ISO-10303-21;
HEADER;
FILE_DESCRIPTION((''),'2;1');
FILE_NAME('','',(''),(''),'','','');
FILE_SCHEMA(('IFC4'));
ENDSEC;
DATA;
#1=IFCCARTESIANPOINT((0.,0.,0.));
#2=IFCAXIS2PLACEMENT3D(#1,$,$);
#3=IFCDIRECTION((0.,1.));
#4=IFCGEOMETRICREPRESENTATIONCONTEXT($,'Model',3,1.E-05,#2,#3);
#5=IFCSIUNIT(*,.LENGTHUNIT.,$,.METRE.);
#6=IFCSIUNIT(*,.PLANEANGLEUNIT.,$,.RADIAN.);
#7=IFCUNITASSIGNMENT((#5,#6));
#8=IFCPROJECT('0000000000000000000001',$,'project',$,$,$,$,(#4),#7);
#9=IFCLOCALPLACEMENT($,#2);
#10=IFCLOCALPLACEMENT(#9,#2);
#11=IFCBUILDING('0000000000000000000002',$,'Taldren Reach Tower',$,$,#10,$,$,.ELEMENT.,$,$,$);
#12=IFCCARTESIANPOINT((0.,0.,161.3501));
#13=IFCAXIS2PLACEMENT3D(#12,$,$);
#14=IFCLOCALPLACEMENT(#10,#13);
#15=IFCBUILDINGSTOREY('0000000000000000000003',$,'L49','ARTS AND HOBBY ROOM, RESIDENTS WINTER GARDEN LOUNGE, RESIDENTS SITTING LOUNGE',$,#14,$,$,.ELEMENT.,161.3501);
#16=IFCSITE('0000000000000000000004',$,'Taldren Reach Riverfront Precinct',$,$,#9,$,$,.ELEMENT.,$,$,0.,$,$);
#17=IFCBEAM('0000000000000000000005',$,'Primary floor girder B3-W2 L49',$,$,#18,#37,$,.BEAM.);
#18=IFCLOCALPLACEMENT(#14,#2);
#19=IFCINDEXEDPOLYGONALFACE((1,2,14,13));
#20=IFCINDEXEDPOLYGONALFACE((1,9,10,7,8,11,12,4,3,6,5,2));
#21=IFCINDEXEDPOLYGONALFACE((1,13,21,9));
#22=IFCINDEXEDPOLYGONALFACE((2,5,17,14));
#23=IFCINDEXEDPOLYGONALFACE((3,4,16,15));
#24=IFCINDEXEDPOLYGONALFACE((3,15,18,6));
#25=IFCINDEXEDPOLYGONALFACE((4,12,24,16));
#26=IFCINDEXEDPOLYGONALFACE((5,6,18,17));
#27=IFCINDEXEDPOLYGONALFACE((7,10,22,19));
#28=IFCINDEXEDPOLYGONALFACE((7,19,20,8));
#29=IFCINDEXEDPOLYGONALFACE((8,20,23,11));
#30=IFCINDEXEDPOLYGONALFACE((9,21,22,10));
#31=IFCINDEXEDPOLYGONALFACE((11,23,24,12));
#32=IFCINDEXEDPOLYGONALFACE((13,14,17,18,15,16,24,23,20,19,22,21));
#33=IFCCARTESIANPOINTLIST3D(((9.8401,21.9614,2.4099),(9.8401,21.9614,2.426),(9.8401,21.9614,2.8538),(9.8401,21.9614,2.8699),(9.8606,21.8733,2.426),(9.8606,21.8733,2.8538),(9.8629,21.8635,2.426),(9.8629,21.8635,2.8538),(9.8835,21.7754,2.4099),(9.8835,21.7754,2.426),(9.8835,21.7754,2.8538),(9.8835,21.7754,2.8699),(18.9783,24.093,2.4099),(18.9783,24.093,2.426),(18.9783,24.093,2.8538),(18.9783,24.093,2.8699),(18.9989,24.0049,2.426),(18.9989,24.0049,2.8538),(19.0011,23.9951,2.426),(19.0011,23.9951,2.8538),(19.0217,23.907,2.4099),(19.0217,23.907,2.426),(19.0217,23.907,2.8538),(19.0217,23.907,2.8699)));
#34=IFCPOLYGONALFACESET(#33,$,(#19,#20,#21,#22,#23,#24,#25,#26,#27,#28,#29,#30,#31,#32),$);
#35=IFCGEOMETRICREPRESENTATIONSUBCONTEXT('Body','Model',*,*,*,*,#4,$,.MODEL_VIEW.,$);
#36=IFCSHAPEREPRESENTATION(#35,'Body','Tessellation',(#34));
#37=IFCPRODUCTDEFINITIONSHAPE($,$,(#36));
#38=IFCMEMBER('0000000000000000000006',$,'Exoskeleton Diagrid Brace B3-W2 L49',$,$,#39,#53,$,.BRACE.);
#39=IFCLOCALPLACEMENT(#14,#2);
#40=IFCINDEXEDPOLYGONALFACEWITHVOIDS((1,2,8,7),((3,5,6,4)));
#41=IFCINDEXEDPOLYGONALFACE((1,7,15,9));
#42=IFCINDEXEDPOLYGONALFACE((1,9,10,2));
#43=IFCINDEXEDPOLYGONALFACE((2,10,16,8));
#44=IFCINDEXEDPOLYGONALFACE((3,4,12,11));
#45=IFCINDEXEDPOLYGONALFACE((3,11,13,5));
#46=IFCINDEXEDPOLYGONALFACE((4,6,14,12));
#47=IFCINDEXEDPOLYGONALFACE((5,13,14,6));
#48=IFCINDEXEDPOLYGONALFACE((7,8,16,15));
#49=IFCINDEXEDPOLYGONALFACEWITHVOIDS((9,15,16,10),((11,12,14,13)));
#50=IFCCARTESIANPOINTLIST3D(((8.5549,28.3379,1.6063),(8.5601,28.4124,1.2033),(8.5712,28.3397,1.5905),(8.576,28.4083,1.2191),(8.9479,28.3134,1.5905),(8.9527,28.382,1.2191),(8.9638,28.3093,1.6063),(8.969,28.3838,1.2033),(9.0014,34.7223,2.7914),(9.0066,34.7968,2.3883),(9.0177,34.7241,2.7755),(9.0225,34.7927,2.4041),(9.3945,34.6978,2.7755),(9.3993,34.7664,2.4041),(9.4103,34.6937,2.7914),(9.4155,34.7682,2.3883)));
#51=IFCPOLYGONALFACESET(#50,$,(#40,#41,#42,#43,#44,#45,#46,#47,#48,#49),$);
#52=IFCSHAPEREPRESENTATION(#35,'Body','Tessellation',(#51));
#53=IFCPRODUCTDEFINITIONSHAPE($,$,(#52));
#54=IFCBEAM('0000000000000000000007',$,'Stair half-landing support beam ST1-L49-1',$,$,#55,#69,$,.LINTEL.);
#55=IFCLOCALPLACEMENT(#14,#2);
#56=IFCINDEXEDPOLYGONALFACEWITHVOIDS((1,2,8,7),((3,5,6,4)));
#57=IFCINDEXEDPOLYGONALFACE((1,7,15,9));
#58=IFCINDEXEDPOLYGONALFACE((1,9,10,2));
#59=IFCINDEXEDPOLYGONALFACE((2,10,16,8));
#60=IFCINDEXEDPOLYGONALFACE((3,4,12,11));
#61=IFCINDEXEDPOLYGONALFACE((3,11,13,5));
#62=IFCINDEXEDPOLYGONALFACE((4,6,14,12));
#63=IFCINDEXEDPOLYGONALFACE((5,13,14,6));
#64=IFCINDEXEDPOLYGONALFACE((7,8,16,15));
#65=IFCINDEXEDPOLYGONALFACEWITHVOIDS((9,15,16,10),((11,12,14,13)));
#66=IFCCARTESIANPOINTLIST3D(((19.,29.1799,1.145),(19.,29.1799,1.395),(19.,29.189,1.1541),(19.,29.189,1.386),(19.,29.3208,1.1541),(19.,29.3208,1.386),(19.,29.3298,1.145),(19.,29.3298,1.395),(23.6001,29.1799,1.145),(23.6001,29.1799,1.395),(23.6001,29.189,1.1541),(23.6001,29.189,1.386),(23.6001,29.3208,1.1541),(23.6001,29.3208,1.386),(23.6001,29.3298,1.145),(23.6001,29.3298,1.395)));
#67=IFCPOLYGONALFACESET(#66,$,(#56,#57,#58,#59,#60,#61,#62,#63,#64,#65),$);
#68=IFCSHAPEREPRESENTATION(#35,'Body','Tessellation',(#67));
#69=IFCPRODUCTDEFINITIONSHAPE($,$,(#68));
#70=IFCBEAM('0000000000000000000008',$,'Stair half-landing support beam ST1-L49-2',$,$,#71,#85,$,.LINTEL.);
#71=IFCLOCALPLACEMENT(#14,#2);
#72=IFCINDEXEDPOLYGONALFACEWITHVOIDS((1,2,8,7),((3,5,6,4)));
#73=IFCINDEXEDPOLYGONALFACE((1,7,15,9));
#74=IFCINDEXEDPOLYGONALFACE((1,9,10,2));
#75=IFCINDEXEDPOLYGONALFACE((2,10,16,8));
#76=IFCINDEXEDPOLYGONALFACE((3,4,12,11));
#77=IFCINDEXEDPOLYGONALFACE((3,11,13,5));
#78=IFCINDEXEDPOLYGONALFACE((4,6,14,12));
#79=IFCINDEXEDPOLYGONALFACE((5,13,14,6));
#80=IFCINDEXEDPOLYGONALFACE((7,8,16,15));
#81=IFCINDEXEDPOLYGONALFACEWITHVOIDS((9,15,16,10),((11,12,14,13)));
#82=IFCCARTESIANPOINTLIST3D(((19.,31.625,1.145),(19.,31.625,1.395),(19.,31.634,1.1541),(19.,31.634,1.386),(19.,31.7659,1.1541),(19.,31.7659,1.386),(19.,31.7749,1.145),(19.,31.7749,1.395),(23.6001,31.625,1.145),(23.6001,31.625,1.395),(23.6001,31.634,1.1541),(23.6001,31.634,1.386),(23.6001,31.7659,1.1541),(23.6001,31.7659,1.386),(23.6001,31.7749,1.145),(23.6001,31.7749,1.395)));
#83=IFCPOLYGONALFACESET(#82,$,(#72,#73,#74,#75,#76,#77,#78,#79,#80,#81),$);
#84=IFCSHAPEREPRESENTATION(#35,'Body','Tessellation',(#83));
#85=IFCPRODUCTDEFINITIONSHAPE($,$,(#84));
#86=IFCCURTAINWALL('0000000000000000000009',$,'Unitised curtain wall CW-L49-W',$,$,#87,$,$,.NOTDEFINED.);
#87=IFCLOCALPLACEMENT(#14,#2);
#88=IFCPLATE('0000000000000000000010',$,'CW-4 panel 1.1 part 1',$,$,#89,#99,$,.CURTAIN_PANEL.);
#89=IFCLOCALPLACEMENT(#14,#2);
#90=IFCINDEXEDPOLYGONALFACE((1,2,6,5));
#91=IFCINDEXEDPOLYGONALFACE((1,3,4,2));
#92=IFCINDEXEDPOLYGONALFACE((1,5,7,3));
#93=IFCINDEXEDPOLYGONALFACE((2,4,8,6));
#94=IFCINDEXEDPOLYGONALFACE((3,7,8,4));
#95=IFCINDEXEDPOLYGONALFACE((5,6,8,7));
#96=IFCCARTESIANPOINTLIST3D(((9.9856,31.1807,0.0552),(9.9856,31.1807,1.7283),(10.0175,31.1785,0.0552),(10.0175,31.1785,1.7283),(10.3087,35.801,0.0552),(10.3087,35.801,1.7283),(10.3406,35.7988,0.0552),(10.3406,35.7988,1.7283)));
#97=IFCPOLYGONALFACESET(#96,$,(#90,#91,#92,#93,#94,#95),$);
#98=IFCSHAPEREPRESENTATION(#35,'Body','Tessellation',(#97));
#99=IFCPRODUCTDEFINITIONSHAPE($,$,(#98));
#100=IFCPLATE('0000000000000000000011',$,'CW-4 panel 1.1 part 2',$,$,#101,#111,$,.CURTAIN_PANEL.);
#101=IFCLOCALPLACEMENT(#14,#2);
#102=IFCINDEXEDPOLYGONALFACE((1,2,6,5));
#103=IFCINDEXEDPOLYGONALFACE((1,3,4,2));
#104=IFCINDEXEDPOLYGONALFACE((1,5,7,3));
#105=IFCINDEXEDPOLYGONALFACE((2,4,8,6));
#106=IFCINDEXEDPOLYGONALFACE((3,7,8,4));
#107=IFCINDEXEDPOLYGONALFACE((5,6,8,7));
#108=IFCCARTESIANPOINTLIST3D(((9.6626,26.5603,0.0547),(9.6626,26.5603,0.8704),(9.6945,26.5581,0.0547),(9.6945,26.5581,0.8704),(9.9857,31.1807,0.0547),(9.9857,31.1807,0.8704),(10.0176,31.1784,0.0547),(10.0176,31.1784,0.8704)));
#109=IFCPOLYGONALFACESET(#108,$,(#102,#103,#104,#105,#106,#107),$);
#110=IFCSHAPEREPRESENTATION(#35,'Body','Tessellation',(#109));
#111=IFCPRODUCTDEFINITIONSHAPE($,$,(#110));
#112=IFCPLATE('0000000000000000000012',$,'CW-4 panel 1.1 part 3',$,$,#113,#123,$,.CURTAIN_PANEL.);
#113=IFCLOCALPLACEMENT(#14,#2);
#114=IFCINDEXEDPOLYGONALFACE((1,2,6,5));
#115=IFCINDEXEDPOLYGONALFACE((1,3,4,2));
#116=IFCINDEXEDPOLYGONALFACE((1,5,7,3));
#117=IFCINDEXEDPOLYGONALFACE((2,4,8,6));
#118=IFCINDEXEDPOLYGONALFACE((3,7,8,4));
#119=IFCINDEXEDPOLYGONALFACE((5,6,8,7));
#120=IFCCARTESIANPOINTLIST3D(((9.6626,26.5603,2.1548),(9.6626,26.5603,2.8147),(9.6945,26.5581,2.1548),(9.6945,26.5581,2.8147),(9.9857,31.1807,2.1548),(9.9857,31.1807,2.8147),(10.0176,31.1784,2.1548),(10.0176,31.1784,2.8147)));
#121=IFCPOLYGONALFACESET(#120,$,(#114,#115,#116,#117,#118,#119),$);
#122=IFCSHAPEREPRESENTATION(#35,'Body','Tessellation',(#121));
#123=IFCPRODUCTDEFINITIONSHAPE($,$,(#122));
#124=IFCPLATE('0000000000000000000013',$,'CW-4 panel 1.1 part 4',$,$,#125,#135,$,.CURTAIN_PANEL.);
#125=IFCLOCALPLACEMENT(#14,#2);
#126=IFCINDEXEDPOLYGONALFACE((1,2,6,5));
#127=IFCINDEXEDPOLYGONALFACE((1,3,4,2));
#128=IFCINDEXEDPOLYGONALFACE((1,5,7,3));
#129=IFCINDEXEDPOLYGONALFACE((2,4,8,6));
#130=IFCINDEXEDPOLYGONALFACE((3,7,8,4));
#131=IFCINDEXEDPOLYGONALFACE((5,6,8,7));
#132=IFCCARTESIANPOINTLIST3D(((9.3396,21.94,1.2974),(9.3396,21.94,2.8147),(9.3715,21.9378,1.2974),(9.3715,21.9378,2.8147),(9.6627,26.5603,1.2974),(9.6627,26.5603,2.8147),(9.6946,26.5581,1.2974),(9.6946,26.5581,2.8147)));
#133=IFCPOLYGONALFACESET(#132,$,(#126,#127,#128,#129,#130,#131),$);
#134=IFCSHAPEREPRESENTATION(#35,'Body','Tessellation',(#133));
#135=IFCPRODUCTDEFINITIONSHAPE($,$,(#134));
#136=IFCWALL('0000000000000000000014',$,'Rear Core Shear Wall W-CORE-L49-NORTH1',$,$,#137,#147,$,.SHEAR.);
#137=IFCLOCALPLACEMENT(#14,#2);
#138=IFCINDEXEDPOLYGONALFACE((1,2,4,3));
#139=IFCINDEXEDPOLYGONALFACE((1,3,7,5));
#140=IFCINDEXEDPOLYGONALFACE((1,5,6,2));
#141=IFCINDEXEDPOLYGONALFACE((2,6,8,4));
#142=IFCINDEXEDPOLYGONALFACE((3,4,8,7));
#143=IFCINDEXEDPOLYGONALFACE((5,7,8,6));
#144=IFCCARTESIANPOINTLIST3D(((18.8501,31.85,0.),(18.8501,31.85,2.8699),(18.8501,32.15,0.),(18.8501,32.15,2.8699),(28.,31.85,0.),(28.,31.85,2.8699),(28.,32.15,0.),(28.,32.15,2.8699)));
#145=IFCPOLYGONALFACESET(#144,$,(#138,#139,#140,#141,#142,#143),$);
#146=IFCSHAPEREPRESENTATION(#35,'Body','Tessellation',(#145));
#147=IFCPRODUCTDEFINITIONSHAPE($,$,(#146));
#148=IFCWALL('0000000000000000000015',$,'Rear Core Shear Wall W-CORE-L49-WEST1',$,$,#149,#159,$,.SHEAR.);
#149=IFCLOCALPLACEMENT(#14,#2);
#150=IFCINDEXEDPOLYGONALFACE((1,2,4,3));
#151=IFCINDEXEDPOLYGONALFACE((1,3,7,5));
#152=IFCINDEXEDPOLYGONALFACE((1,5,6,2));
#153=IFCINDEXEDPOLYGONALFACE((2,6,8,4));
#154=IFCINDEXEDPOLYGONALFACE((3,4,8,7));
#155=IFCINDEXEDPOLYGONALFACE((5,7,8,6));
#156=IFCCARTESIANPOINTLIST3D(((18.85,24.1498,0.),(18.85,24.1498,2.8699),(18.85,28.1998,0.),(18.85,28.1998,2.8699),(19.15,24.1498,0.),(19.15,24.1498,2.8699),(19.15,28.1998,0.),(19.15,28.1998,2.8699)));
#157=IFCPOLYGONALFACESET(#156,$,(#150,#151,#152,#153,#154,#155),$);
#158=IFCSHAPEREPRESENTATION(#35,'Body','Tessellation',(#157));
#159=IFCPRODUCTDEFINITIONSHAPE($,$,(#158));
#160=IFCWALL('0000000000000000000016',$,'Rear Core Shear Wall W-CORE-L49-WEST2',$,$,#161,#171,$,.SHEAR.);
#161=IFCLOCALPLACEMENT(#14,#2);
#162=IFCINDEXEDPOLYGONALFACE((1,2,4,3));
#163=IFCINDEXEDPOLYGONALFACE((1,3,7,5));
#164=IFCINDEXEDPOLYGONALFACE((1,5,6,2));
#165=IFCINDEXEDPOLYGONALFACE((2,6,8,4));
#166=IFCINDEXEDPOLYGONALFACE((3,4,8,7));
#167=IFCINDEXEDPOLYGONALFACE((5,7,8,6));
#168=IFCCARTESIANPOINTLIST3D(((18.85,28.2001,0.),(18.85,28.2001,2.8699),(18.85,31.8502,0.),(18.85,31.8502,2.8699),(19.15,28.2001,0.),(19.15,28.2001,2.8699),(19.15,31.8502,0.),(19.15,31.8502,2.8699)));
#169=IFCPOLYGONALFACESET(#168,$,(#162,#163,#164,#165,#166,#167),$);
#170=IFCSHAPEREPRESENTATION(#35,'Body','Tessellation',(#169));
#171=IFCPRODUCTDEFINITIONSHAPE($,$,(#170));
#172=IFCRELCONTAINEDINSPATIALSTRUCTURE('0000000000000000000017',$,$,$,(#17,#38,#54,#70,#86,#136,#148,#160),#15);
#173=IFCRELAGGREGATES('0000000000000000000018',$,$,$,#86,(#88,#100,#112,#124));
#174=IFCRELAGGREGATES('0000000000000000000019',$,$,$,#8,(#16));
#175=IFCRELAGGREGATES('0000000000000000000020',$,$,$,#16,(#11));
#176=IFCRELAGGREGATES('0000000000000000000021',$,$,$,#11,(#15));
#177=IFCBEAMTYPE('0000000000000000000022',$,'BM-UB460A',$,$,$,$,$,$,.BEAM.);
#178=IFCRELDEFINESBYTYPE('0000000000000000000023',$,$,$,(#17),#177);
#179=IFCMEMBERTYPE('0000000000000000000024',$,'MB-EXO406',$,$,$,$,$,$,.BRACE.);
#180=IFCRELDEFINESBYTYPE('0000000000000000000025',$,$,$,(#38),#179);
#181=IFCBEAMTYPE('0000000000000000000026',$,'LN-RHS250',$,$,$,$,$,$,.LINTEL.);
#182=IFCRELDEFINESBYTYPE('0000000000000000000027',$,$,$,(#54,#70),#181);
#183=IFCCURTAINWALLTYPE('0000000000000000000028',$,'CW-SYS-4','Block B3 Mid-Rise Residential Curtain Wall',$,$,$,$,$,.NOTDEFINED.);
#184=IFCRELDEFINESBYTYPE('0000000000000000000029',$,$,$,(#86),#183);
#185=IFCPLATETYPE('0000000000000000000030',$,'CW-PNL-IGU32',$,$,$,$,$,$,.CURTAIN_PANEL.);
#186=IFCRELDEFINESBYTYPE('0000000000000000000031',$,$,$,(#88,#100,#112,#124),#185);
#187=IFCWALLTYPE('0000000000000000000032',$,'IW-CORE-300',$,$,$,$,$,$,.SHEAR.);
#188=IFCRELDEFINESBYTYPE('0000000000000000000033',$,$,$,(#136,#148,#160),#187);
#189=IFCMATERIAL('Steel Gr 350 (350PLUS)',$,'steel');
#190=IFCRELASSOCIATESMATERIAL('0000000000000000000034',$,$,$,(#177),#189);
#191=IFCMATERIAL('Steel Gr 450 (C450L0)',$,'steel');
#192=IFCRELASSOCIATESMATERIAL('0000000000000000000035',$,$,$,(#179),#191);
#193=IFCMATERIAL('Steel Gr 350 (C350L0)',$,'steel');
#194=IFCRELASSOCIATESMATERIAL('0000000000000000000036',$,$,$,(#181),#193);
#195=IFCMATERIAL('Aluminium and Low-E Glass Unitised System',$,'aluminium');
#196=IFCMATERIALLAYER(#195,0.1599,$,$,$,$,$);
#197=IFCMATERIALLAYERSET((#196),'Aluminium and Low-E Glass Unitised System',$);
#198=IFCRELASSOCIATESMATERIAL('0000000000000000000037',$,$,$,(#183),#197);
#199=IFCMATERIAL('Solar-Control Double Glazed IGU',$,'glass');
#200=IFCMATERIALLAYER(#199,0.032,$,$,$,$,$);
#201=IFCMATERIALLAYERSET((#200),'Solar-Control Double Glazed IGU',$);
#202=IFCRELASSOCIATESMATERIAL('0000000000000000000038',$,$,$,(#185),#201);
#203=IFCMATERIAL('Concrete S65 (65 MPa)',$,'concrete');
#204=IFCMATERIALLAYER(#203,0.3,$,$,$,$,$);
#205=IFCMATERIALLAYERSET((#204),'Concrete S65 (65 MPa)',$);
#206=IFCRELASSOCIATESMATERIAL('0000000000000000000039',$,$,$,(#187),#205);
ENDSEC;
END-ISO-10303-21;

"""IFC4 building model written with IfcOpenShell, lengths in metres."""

from ifc_helpers import new_model, si_unit, direction, frame, frame_2d, origin, origin_2d, place, context, subcontext, project, spatial, rectangle, hollow_rectangle, i_section, extrude, source, transform, mapped, material, layer, layer_set, material_profile, profile_set, type_object, element, aggregate, save


model = new_model("IFC4")

# Units and contexts
model_context = context("Model", 3, precision=1e-05, world=origin(), true_north=direction((0.0, 1.0)))
body_context = subcontext(model_context, "Body", "Model", "MODEL_VIEW")
ifc_project = project(units=[si_unit("LENGTHUNIT", "METRE"), si_unit("PLANEANGLEUNIT", "RADIAN")], contexts=[model_context])

# Site, building, storey
site_placement = place(None, origin())
site = spatial("IfcSite", under=ifc_project, at=site_placement, Name="Taldren Reach Riverfront Precinct", CompositionType="ELEMENT", RefElevation=0.0)
building_placement = place(site_placement, origin())
building = spatial("IfcBuilding", under=site, at=building_placement, Name="Taldren Reach Tower", CompositionType="ELEMENT")
storey_placement = place(building_placement, frame((0.0, 0.0, 161.3501)))
storey = spatial("IfcBuildingStorey", under=building, at=storey_placement, Name="L49", Description="ARTS AND HOBBY ROOM, RESIDENTS WINTER GARDEN LOUNGE, RESIDENTS SITTING LOUNGE", CompositionType="ELEMENT", Elevation=161.3501)

# Shared definitions
ifc_material_1 = material(Name="Steel Gr 450 (C450L0)", Category="steel")

# Beam
ifc_material_2 = material(Name="Steel Gr 350 (350PLUS)", Category="steel")
ifc_material_profile_1 = material_profile(ifc_material_2, i_section(OverallWidth=0.1909, OverallDepth=0.46, WebThickness=0.01, FlangeThickness=0.0161, at=origin_2d()), Name="460UB82.1")
ifc_profile_set_1 = profile_set([ifc_material_profile_1], Name="Steel Gr 350 (350PLUS)")
beam_type_1 = type_object("IfcBeamType", Name="BM-UB460A", PredefinedType="BEAM", material=ifc_profile_set_1)
shared_shape_1 = source(origin(), body_context, "Body", "SweptSolid", [
    extrude(i_section(OverallWidth=0.1909, OverallDepth=0.46, WebThickness=0.01, FlangeThickness=0.0161, at=origin_2d()), origin(), (0.0, 0.0, 1.0), 9.3835),
])
beam_1_placement = place(storey_placement, frame((19.0, 24.0, 2.6399), z_axis=(-0.973857, -0.227164, 0.0), x_axis=(0.227164, -0.973857, 0.0)))
element("IfcBeam", 1, at=beam_1_placement, inside=storey, type_object=beam_type_1, Name="Primary floor girder B3-W2 L49", PredefinedType="BEAM", context=body_context, shape_type="MappedRepresentation", body=[
    mapped(shared_shape_1, transform((0.0, 0.0, 0.0), scale=1.0)),
])

# Member
ifc_material_profile_2 = material_profile(ifc_material_1, hollow_rectangle(XDim=0.4099, YDim=0.4099, WallThickness=0.0161, at=origin_2d()), Name="410x410x16.0SHS")
ifc_profile_set_2 = profile_set([ifc_material_profile_2], Name="Steel Gr 450 (C450L0)")
member_type = type_object("IfcMemberType", Name="MB-EXO406", PredefinedType="BRACE", material=ifc_profile_set_2)
shared_shape_2 = source(origin(), body_context, "Body", "SweptSolid", [
    extrude(hollow_rectangle(XDim=0.4099, YDim=0.4099, WallThickness=0.0161, at=origin_2d()), origin(), (0.0, 0.0, 1.0), 6.5088),
])
member_placement = place(storey_placement, frame((8.762, 28.3608, 1.4048), z_axis=(0.068603, 0.98089, 0.182067), x_axis=(-0.997563, 0.06977, 0.0)))
element("IfcMember", 2, at=member_placement, inside=storey, type_object=member_type, Name="Exoskeleton Diagrid Brace B3-W2 L49", PredefinedType="BRACE", context=body_context, shape_type="MappedRepresentation", body=[
    mapped(shared_shape_2, transform((0.0, 0.0, 0.0), scale=1.0)),
])

# Beams
ifc_material_3 = material(Name="Steel Gr 350 (C350L0)", Category="steel")
ifc_material_profile_3 = material_profile(ifc_material_3, hollow_rectangle(XDim=0.1499, YDim=0.25, WallThickness=0.009, at=origin_2d()), Name="250x150x9.0RHS")
ifc_profile_set_3 = profile_set([ifc_material_profile_3], Name="Steel Gr 350 (C350L0)")
beam_type_2 = type_object("IfcBeamType", Name="LN-RHS250", PredefinedType="LINTEL", material=ifc_profile_set_3)
shared_shape_3 = source(origin(), body_context, "Body", "SweptSolid", [
    extrude(hollow_rectangle(XDim=0.1499, YDim=0.25, WallThickness=0.009, at=origin_2d()), origin(), (0.0, 0.0, 1.0), 4.6001),
])
for number, where, z_axis, x_axis, name in (
    (3, (19.0, 29.2549, 1.27), (1.0, 0.0, 0.0), (0.0, 1.0, 0.0), "Stair half-landing support beam ST1-L49-1"),
    (4, (19.0, 31.7, 1.27), (1.0, 0.0, 0.0), (0.0, 1.0, 0.0), "Stair half-landing support beam ST1-L49-2"),
):
    element("IfcBeam", number, at=place(storey_placement, frame(where, z_axis=z_axis, x_axis=x_axis)), inside=storey, type_object=beam_type_2, Name=name, PredefinedType="LINTEL", context=body_context, shape_type="MappedRepresentation", body=[
        mapped(shared_shape_3, transform((0.0, 0.0, 0.0), scale=1.0)),
    ])

# Curtain wall, plates
ifc_material_4 = material(Name="Aluminium and Low-E Glass Unitised System", Category="aluminium")
ifc_layer_1 = layer(ifc_material_4, 0.1599)
ifc_layer_set_1 = layer_set([ifc_layer_1], Name="Aluminium and Low-E Glass Unitised System")
curtain_wall_type = type_object("IfcCurtainWallType", Name="CW-SYS-4", Description="Block B3 Mid-Rise Residential Curtain Wall", PredefinedType="NOTDEFINED", material=ifc_layer_set_1)
curtain_wall_placement = place(storey_placement, origin())
curtain_wall = element("IfcCurtainWall", 5, at=curtain_wall_placement, inside=storey, type_object=curtain_wall_type, Name="Unitised curtain wall CW-L49-W", PredefinedType="NOTDEFINED")
ifc_material_5 = material(Name="Solar-Control Double Glazed IGU", Category="glass")
ifc_layer_2 = layer(ifc_material_5, 0.032)
ifc_layer_set_2 = layer_set([ifc_layer_2], Name="Solar-Control Double Glazed IGU")
plate_type = type_object("IfcPlateType", Name="CW-PNL-IGU32", PredefinedType="CURTAIN_PANEL", material=ifc_layer_set_2)
shared_shape_4 = source(origin(), body_context, "Body", "SweptSolid", [
    extrude(rectangle(XDim=4.6316, YDim=0.032, at=origin_2d()), origin(), (0.0, 0.0, 1.0), 1.6731),
])
plate_1_placement = place(storey_placement, frame((10.1631, 33.4897, 0.0552), z_axis=(0.0, 0.0, 1.0), x_axis=(-0.069756, -0.997564, 0.0)))
plate_1 = element("IfcPlate", 6, at=plate_1_placement, type_object=plate_type, Name="CW-4 panel 1.1 part 1", PredefinedType="CURTAIN_PANEL", context=body_context, shape_type="MappedRepresentation", body=[
    mapped(shared_shape_4, transform((0.0, 0.0, 0.0), scale=1.0)),
])
shared_shape_5 = source(origin(), body_context, "Body", "SweptSolid", [
    extrude(rectangle(XDim=4.6316, YDim=0.032, at=origin_2d()), origin(), (0.0, 0.0, 1.0), 0.8157),
])
plate_2_placement = place(storey_placement, frame((9.8401, 28.8694, 0.0547), z_axis=(0.0, 0.0, 1.0), x_axis=(-0.069756, -0.997564, 0.0)))
plate_2 = element("IfcPlate", 7, at=plate_2_placement, type_object=plate_type, Name="CW-4 panel 1.1 part 2", PredefinedType="CURTAIN_PANEL", context=body_context, shape_type="MappedRepresentation", body=[
    mapped(shared_shape_5, transform((0.0, 0.0, 0.0), scale=1.0)),
])
shared_shape_6 = source(origin(), body_context, "Body", "SweptSolid", [
    extrude(rectangle(XDim=4.6316, YDim=0.032, at=origin_2d()), origin(), (0.0, 0.0, 1.0), 0.6599),
])
plate_3_placement = place(storey_placement, frame((9.8401, 28.8694, 2.1548), z_axis=(0.0, 0.0, 1.0), x_axis=(-0.069756, -0.997564, 0.0)))
plate_3 = element("IfcPlate", 8, at=plate_3_placement, type_object=plate_type, Name="CW-4 panel 1.1 part 3", PredefinedType="CURTAIN_PANEL", context=body_context, shape_type="MappedRepresentation", body=[
    mapped(shared_shape_6, transform((0.0, 0.0, 0.0), scale=1.0)),
])
shared_shape_7 = source(origin(), body_context, "Body", "SweptSolid", [
    extrude(rectangle(XDim=4.6316, YDim=0.032, at=origin_2d()), origin(), (0.0, 0.0, 1.0), 1.5173),
])
plate_4_placement = place(storey_placement, frame((9.5171, 24.249, 1.2974), z_axis=(0.0, 0.0, 1.0), x_axis=(-0.069756, -0.997564, 0.0)))
plate_4 = element("IfcPlate", 9, at=plate_4_placement, type_object=plate_type, Name="CW-4 panel 1.1 part 4", PredefinedType="CURTAIN_PANEL", context=body_context, shape_type="MappedRepresentation", body=[
    mapped(shared_shape_7, transform((0.0, 0.0, 0.0), scale=1.0)),
])
aggregate(curtain_wall, [plate_1, plate_2, plate_3, plate_4])

# Walls
ifc_material_6 = material(Name="Concrete S65 (65 MPa)", Category="concrete")
ifc_layer_3 = layer(ifc_material_6, 0.3)
ifc_layer_set_3 = layer_set([ifc_layer_3], Name="Concrete S65 (65 MPa)")
wall_type = type_object("IfcWallType", Name="IW-CORE-300", PredefinedType="SHEAR", material=ifc_layer_set_3)
shared_shape_8 = source(origin(), body_context, "Body", "SweptSolid", [
    extrude(rectangle(XDim=9.1499, YDim=0.3, at=frame_2d((4.575, 0.0))), origin(), (0.0, 0.0, 1.0), 2.8699),
])
wall_1_placement = place(storey_placement, frame((18.8501, 32.0, 0.0), z_axis=(0.0, 0.0, 1.0), x_axis=(1.0, 0.0, 0.0)))
element("IfcWall", 10, at=wall_1_placement, inside=storey, type_object=wall_type, Name="Rear Core Shear Wall W-CORE-L49-NORTH1", PredefinedType="SHEAR", context=body_context, shape_type="MappedRepresentation", body=[
    mapped(shared_shape_8, transform((0.0, 0.0, 0.0), scale=1.0)),
])
shared_shape_9 = source(origin(), body_context, "Body", "SweptSolid", [
    extrude(rectangle(XDim=4.05, YDim=0.3, at=frame_2d((2.0249, 0.0))), origin(), (0.0, 0.0, 1.0), 2.8699),
])
wall_2_placement = place(storey_placement, frame((19.0, 24.1499, 0.0), z_axis=(0.0, 0.0, 1.0), x_axis=(0.0, 1.0, 0.0)))
element("IfcWall", 11, at=wall_2_placement, inside=storey, type_object=wall_type, Name="Rear Core Shear Wall W-CORE-L49-WEST1", PredefinedType="SHEAR", context=body_context, shape_type="MappedRepresentation", body=[
    mapped(shared_shape_9, transform((0.0, 0.0, 0.0), scale=1.0)),
])
shared_shape_10 = source(origin(), body_context, "Body", "SweptSolid", [
    extrude(rectangle(XDim=3.6501, YDim=0.3, at=frame_2d((1.8252, 0.0))), origin(), (0.0, 0.0, 1.0), 2.8699),
])
wall_3_placement = place(storey_placement, frame((19.0, 28.2, 0.0), z_axis=(0.0, 0.0, 1.0), x_axis=(0.0, 1.0, 0.0)))
element("IfcWall", 12, at=wall_3_placement, inside=storey, type_object=wall_type, Name="Rear Core Shear Wall W-CORE-L49-WEST2", PredefinedType="SHEAR", context=body_context, shape_type="MappedRepresentation", body=[
    mapped(shared_shape_10, transform((0.0, 0.0, 0.0), scale=1.0)),
])

save(model, "model.ifc")
